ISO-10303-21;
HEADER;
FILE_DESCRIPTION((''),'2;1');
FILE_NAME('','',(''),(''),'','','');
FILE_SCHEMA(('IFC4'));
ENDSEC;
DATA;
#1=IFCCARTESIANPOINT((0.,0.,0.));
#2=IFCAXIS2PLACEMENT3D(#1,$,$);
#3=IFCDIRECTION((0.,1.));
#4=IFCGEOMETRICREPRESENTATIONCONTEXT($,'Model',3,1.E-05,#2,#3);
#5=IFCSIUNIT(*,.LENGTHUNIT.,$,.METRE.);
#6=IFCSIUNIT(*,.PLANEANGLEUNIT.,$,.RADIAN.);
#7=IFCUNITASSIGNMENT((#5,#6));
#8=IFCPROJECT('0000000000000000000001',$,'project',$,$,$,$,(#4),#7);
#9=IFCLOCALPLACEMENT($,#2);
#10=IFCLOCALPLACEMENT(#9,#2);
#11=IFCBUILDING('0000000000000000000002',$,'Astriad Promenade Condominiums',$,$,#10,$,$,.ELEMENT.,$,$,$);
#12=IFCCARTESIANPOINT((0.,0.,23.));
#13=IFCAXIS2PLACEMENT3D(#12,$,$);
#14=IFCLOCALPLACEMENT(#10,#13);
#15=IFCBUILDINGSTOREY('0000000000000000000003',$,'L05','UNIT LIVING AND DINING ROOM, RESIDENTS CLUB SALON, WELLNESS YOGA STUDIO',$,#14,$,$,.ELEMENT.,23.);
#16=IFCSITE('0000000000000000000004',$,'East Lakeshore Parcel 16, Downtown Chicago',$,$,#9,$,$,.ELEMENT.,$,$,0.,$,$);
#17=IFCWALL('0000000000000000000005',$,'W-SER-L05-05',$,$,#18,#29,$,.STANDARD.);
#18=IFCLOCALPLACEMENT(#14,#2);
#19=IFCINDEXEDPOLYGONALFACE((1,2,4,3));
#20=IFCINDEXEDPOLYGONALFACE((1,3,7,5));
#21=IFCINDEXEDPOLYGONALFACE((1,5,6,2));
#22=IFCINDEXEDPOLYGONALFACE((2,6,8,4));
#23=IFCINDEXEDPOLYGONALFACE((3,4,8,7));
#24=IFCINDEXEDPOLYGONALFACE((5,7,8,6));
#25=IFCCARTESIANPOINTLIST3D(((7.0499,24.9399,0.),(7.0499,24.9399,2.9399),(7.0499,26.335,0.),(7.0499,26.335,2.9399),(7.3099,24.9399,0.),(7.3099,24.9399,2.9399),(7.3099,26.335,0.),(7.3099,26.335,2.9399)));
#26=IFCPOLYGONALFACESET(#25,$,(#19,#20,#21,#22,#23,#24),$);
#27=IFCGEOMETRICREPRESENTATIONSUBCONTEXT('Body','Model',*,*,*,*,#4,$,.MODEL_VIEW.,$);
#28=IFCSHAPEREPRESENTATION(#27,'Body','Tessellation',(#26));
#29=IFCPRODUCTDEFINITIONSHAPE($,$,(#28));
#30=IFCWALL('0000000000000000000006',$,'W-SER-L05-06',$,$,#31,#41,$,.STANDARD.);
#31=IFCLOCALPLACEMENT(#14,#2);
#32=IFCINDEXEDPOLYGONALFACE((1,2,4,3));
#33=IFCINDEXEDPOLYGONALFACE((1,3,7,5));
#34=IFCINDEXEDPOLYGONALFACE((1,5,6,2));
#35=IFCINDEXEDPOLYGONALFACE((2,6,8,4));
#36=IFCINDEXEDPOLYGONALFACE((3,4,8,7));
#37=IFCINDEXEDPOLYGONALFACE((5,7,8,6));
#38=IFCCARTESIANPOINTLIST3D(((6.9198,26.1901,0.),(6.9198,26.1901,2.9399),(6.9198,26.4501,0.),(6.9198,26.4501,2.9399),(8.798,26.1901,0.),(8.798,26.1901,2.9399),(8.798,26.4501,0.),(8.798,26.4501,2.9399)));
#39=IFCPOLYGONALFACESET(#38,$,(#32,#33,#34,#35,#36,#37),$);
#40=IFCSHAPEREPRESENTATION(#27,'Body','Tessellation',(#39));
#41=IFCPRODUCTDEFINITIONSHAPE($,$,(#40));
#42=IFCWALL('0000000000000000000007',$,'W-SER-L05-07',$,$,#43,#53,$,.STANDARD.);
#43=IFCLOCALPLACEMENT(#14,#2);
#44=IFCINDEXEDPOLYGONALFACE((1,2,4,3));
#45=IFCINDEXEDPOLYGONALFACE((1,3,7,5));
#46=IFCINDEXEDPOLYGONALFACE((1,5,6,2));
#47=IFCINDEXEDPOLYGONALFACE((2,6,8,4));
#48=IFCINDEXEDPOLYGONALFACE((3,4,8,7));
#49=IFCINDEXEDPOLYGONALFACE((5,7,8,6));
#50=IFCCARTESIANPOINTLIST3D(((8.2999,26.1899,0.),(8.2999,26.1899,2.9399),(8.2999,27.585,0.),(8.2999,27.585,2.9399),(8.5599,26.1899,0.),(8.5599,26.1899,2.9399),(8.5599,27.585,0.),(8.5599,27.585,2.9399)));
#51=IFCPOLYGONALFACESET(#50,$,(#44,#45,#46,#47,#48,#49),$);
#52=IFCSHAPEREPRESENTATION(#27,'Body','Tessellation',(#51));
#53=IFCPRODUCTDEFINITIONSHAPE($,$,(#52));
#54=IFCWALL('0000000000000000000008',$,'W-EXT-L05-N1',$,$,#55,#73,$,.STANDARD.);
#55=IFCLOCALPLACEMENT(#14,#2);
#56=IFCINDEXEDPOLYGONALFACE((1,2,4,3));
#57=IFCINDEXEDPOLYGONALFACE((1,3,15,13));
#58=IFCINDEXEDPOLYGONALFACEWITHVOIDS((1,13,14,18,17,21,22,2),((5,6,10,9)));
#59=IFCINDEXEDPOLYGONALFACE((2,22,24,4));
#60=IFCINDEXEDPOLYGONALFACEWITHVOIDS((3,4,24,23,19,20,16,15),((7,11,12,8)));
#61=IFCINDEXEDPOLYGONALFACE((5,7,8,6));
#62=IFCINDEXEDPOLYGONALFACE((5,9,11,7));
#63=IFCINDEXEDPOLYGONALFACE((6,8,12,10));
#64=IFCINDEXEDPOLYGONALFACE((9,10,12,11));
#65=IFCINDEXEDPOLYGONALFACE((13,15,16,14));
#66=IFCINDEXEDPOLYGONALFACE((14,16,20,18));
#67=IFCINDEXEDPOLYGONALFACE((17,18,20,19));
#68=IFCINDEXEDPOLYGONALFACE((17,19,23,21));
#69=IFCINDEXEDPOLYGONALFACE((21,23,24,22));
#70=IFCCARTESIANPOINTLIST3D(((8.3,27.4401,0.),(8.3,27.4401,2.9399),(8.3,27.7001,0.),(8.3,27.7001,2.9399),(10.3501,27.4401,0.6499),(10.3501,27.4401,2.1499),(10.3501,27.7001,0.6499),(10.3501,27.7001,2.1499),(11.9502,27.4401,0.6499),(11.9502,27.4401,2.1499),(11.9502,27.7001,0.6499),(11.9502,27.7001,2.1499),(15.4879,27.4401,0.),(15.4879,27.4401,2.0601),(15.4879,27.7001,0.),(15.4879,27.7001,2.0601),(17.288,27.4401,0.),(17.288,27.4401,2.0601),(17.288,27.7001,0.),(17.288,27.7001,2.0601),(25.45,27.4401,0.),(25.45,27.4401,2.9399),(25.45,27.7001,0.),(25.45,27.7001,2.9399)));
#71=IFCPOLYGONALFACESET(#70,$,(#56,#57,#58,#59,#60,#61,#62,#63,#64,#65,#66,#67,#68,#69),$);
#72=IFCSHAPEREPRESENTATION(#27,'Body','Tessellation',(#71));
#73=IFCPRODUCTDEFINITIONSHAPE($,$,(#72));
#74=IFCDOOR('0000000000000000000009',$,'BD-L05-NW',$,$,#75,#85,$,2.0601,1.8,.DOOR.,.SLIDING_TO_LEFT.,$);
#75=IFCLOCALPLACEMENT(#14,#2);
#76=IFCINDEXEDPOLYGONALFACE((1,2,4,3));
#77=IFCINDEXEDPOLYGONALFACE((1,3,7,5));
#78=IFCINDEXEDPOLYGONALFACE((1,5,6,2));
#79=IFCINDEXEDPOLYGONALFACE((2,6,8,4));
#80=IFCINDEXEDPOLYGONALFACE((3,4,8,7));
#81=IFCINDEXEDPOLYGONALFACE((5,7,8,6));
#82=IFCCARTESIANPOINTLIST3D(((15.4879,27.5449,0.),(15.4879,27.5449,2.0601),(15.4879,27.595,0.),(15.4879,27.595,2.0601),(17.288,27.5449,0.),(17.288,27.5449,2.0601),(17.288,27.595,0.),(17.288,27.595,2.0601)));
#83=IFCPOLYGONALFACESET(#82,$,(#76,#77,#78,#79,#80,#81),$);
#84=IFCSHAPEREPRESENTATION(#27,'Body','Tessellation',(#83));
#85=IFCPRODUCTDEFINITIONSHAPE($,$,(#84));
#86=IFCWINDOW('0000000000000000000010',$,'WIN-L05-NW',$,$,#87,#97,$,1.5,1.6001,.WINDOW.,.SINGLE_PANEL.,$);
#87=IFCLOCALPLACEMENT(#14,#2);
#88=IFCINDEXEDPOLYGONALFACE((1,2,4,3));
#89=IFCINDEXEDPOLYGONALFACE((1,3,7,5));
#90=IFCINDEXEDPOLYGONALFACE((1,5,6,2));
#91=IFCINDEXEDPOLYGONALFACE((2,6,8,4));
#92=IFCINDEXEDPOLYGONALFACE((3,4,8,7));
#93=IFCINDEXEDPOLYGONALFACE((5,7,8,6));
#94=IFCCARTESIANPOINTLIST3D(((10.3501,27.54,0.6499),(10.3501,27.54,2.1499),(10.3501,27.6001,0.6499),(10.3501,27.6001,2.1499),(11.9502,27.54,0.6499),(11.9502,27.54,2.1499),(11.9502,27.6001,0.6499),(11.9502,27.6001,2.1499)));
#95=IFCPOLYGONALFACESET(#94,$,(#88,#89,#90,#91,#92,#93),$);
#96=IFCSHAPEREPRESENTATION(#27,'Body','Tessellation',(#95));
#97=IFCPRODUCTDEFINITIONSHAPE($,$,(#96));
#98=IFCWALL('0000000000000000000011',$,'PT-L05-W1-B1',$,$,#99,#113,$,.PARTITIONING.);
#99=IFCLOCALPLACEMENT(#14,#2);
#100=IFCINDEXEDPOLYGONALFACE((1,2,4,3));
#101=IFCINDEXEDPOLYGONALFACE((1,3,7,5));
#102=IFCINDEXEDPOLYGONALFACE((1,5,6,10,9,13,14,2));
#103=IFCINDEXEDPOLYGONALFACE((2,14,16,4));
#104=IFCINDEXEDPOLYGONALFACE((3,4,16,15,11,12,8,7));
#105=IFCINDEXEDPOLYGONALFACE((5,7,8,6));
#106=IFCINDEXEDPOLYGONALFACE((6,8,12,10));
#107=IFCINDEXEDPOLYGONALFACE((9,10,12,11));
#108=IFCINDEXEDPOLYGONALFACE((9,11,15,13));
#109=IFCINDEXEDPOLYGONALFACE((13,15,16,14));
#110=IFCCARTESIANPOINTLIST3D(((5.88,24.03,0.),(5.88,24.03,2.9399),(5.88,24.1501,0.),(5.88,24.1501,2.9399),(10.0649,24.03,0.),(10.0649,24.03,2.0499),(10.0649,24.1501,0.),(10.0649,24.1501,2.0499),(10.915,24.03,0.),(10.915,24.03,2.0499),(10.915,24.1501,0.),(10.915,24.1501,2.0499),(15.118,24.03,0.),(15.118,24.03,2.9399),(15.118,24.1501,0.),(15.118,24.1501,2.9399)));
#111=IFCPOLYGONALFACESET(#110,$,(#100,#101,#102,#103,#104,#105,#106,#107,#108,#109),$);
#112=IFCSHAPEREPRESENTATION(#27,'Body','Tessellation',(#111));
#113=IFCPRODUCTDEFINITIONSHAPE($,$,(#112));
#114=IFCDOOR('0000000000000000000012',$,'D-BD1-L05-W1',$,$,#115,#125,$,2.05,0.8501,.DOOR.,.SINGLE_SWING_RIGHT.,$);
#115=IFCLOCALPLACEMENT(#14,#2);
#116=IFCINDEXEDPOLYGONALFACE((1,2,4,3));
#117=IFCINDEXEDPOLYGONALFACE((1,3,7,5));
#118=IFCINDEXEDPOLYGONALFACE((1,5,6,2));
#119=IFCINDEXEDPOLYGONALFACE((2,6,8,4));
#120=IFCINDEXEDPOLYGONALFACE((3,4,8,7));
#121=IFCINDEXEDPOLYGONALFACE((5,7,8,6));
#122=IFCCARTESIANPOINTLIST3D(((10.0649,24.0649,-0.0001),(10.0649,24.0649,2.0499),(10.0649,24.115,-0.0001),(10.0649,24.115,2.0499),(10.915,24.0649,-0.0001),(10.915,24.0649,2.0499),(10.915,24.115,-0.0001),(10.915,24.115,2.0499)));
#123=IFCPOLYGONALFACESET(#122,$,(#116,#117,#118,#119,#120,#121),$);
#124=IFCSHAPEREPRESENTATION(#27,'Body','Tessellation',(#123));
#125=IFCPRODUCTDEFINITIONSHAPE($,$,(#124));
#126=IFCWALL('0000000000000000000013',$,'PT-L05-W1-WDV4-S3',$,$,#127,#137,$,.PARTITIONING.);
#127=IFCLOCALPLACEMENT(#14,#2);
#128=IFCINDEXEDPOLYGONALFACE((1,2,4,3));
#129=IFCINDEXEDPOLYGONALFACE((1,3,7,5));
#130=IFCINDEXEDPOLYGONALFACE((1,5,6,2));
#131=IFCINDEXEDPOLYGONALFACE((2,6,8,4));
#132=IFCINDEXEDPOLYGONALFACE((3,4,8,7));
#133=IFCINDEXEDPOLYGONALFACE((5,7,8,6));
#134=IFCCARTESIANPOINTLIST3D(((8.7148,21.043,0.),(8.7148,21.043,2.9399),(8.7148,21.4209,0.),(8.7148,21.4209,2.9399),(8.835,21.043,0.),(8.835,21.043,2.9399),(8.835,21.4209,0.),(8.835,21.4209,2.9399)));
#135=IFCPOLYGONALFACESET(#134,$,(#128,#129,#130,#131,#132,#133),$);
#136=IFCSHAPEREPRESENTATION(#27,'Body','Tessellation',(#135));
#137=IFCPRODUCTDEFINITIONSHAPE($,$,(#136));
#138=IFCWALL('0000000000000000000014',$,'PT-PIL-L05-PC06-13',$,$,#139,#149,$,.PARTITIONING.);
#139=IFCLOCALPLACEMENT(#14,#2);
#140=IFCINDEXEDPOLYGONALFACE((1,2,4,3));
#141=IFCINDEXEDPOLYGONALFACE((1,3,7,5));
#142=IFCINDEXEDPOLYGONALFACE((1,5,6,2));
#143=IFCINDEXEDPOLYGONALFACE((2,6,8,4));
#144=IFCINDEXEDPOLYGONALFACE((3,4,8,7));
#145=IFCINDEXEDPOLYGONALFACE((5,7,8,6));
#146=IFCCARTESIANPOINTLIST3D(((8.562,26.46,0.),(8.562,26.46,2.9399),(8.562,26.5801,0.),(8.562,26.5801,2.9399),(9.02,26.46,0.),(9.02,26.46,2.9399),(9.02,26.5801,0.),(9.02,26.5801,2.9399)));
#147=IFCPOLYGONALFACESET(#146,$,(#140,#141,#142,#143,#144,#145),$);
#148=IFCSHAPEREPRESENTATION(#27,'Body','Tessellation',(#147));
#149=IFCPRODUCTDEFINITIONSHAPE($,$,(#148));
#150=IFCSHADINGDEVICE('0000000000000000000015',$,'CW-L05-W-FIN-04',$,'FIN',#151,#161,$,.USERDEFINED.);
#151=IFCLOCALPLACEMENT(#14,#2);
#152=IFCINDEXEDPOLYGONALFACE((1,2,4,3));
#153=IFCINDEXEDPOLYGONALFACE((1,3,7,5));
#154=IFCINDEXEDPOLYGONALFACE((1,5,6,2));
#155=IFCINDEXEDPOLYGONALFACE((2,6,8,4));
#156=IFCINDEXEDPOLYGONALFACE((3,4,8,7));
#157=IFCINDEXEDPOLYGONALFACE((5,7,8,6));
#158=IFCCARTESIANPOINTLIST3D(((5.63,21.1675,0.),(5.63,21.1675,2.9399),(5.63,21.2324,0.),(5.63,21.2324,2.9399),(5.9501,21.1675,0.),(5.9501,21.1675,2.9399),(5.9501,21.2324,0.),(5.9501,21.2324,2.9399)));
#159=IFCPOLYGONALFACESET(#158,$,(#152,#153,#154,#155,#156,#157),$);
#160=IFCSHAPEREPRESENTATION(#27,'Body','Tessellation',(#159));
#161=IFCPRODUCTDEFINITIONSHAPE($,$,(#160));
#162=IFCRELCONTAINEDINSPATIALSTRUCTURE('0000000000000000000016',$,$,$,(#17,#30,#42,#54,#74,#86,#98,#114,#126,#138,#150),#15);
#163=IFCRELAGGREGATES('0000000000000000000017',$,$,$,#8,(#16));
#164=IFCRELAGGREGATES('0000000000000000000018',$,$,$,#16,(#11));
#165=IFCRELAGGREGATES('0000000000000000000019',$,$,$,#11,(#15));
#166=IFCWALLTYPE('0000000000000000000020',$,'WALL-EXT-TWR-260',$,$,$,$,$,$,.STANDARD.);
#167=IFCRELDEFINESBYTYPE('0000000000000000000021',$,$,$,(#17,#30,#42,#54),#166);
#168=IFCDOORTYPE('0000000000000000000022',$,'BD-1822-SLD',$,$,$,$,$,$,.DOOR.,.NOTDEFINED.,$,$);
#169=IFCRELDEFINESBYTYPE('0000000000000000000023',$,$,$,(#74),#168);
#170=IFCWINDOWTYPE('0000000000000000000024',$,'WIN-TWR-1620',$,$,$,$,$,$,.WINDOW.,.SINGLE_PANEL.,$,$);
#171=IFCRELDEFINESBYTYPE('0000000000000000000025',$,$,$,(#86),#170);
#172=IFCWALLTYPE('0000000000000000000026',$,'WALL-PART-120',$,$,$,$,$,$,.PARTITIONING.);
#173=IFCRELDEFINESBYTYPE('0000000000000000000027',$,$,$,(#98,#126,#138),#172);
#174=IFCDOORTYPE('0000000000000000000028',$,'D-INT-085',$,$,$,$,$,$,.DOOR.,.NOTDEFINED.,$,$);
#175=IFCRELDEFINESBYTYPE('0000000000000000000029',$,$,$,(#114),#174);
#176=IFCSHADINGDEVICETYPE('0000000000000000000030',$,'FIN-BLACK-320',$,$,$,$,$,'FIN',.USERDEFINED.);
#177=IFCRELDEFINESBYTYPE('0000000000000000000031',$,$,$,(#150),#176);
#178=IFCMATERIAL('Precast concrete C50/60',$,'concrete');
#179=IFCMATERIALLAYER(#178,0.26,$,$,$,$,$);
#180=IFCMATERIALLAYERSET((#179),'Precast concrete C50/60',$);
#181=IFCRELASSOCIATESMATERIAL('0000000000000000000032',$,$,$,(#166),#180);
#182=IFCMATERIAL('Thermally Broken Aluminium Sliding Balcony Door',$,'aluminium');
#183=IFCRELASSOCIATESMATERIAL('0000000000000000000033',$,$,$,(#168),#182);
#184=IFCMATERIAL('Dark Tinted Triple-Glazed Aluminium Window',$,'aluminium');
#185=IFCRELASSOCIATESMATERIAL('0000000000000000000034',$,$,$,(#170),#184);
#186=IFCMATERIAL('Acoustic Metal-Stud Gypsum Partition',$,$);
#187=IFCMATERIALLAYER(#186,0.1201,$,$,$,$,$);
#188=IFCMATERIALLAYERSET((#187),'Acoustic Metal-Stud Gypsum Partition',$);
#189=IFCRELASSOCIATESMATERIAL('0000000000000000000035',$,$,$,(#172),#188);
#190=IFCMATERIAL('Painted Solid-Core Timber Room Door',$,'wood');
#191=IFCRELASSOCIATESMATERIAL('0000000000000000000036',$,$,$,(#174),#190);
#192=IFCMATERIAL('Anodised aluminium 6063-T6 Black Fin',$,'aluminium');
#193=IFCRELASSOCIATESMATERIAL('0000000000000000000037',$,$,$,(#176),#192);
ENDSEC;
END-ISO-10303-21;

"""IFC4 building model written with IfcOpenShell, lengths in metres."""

from ifc_helpers import new_model, si_unit, direction, frame, frame_2d, origin, origin_2d, place, context, subcontext, project, spatial, rectangle, extrude, source, transform, mapped, material, layer, layer_set, type_object, type_shapes, element, fill, save


model = new_model("IFC4")

# Units and contexts
model_context = context("Model", 3, precision=1e-05, world=origin(), true_north=direction((0.0, 1.0)))
body_context = subcontext(model_context, "Body", "Model", "MODEL_VIEW")
ifc_project = project(units=[si_unit("LENGTHUNIT", "METRE"), si_unit("PLANEANGLEUNIT", "RADIAN")], contexts=[model_context])

# Site, building, storey
site_placement = place(None, origin())
site = spatial("IfcSite", under=ifc_project, at=site_placement, Name="East Lakeshore Parcel 16, Downtown Chicago", CompositionType="ELEMENT", RefElevation=0.0)
building_placement = place(site_placement, origin())
building = spatial("IfcBuilding", under=site, at=building_placement, Name="Astriad Promenade Condominiums", CompositionType="ELEMENT")
storey_placement = place(building_placement, frame((0.0, 0.0, 23.0)))
storey = spatial("IfcBuildingStorey", under=building, at=storey_placement, Name="L05", Description="UNIT LIVING AND DINING ROOM, RESIDENTS CLUB SALON, WELLNESS YOGA STUDIO", CompositionType="ELEMENT", Elevation=23.0)

# Walls
ifc_material_1 = material(Name="Precast concrete C50/60", Category="concrete")
ifc_layer_1 = layer(ifc_material_1, 0.26)
ifc_layer_set_1 = layer_set([ifc_layer_1], Name="Precast concrete C50/60")
wall_type_1 = type_object("IfcWallType", Name="WALL-EXT-TWR-260", PredefinedType="STANDARD", material=ifc_layer_set_1)
for number, where, z_axis, x_axis, name in (
    (1, (7.1799, 24.9399, 0.0), (0.0, 0.0, 1.0), (0.0, 1.0, 0.0), "W-SER-L05-05"),
):
    element("IfcWall", number, at=place(storey_placement, frame(where, z_axis=z_axis, x_axis=x_axis)), inside=storey, type_object=wall_type_1, Name=name, PredefinedType="STANDARD", context=body_context, shape_type="SweptSolid", body=[
        extrude(rectangle(XDim=1.395, YDim=0.26, at=frame_2d((0.6975, 0.0))), origin(), (0.0, 0.0, 1.0), 2.9399),
    ])
wall_1_placement = place(storey_placement, frame((6.9199, 26.3201, 0.0), z_axis=(0.0, 0.0, 1.0), x_axis=(1.0, 0.0, 0.0)))
element("IfcWall", 2, at=wall_1_placement, inside=storey, type_object=wall_type_1, Name="W-SER-L05-06", PredefinedType="STANDARD", context=body_context, shape_type="SweptSolid", body=[
    extrude(rectangle(XDim=1.8782, YDim=0.26, at=frame_2d((0.939, 0.0))), origin(), (0.0, 0.0, 1.0), 2.9399),
])
wall_2_placement = place(storey_placement, frame((8.4299, 26.1899, 0.0), z_axis=(0.0, 0.0, 1.0), x_axis=(0.0, 1.0, 0.0)))
element("IfcWall", 3, at=wall_2_placement, inside=storey, type_object=wall_type_1, Name="W-SER-L05-07", PredefinedType="STANDARD", context=body_context, shape_type="SweptSolid", body=[
    extrude(rectangle(XDim=1.395, YDim=0.26, at=frame_2d((0.6975, 0.0))), origin(), (0.0, 0.0, 1.0), 2.9399),
])

# Wall, openings, door, window
wall_3_placement = place(storey_placement, frame((8.3, 27.5701, 0.0), z_axis=(0.0, 0.0, 1.0), x_axis=(1.0, 0.0, 0.0)))
wall_3 = element("IfcWall", 4, at=wall_3_placement, inside=storey, type_object=wall_type_1, Name="W-EXT-L05-N1", PredefinedType="STANDARD", context=body_context, shape_type="SweptSolid", body=[
    extrude(rectangle(XDim=17.1499, YDim=0.26, at=frame_2d((8.575, 0.0))), origin(), (0.0, 0.0, 1.0), 2.9399),
])
opening_1_placement = place(wall_3_placement, frame((7.188, 0.0, 0.0)))
opening_1 = element("IfcOpeningElement", 5, at=opening_1_placement, cuts=wall_3, PredefinedType="OPENING", context=body_context, shape_type="SweptSolid", body=[
    extrude(rectangle(XDim=1.8, YDim=2.0601, at=frame_2d((0.8999, 1.03))), frame((0.0, 0.1399, 0.0), z_axis=(0.0, -1.0, 0.0), x_axis=(1.0, 0.0, 0.0)), (0.0, 0.0, 1.0), 0.28),
])
opening_2_placement = place(wall_3_placement, frame((2.05, 0.0, 0.6499)))
opening_2 = element("IfcOpeningElement", 6, at=opening_2_placement, cuts=wall_3, PredefinedType="OPENING", context=body_context, shape_type="SweptSolid", body=[
    extrude(rectangle(XDim=1.6001, YDim=1.5, at=frame_2d((0.8, 0.75))), frame((0.0, 0.1399, 0.0), z_axis=(0.0, -1.0, 0.0), x_axis=(1.0, 0.0, 0.0)), (0.0, 0.0, 1.0), 0.28),
])
ifc_material_2 = material(Name="Thermally Broken Aluminium Sliding Balcony Door", Category="aluminium")
door_type_1 = type_object("IfcDoorType", Name="BD-1822-SLD", OperationType="NOTDEFINED", PredefinedType="DOOR", material=ifc_material_2)
shared_shape_1 = source(origin(), body_context, "Body", "SweptSolid", [
    extrude(rectangle(XDim=1.8, YDim=2.0601, at=frame_2d((0.8999, 1.03))), frame((0.0, 0.0249, 0.0), z_axis=(0.0, -1.0, 0.0), x_axis=(1.0, 0.0, 0.0)), (0.0, 0.0, 1.0), 0.05),
])
type_shapes(door_type_1, [shared_shape_1])
door_1_placement = place(opening_1_placement, origin())
door_1 = element("IfcDoor", 7, at=door_1_placement, inside=storey, type_object=door_type_1, Name="BD-L05-NW", OperationType="SLIDING_TO_LEFT", OverallHeight=2.0601, OverallWidth=1.8, PredefinedType="DOOR", context=body_context, shape_type="MappedRepresentation", body=[
    mapped(shared_shape_1, transform((0.0, 0.0, 0.0), scale=1.0)),
])
fill(opening_1, door_1)
ifc_material_3 = material(Name="Dark Tinted Triple-Glazed Aluminium Window", Category="aluminium")
window_type = type_object("IfcWindowType", Name="WIN-TWR-1620", PartitioningType="SINGLE_PANEL", PredefinedType="WINDOW", material=ifc_material_3)
shared_shape_2 = source(origin(), body_context, "Body", "SweptSolid", [
    extrude(rectangle(XDim=1.6001, YDim=1.5, at=frame_2d((0.8, 0.75))), frame((0.0, 0.03, 0.0), z_axis=(0.0, -1.0, 0.0), x_axis=(1.0, 0.0, 0.0)), (0.0, 0.0, 1.0), 0.0601),
])
type_shapes(window_type, [shared_shape_2])
window_placement = place(opening_2_placement, origin())
window = element("IfcWindow", 8, at=window_placement, inside=storey, type_object=window_type, Name="WIN-L05-NW", OverallHeight=1.5, OverallWidth=1.6001, PartitioningType="SINGLE_PANEL", PredefinedType="WINDOW", context=body_context, shape_type="MappedRepresentation", body=[
    mapped(shared_shape_2, transform((0.0, 0.0, 0.0), scale=1.0)),
])
fill(opening_2, window)

# Wall, opening, door
ifc_material_4 = material(Name="Acoustic Metal-Stud Gypsum Partition")
ifc_layer_2 = layer(ifc_material_4, 0.1201)
ifc_layer_set_2 = layer_set([ifc_layer_2], Name="Acoustic Metal-Stud Gypsum Partition")
wall_type_2 = type_object("IfcWallType", Name="WALL-PART-120", PredefinedType="PARTITIONING", material=ifc_layer_set_2)
wall_4_placement = place(storey_placement, frame((5.8799, 24.0901, 0.0), z_axis=(0.0, 0.0, 1.0), x_axis=(1.0, 0.0, 0.0)))
wall_4 = element("IfcWall", 9, at=wall_4_placement, inside=storey, type_object=wall_type_2, Name="PT-L05-W1-B1", PredefinedType="PARTITIONING", context=body_context, shape_type="SweptSolid", body=[
    extrude(rectangle(XDim=9.238, YDim=0.1201, at=frame_2d((4.6191, 0.0))), origin(), (0.0, 0.0, 1.0), 2.9399),
])
opening_3_placement = place(wall_4_placement, frame((4.1851, 0.0, 0.0)))
opening_3 = element("IfcOpeningElement", 10, at=opening_3_placement, cuts=wall_4, PredefinedType="OPENING", context=body_context, shape_type="SweptSolid", body=[
    extrude(rectangle(XDim=0.8501, YDim=2.05, at=frame_2d((0.425, 1.0249))), frame((0.0, 0.0701, 0.0), z_axis=(0.0, -1.0, 0.0), x_axis=(1.0, 0.0, 0.0)), (0.0, 0.0, 1.0), 0.1401),
])
ifc_material_5 = material(Name="Painted Solid-Core Timber Room Door", Category="wood")
door_type_2 = type_object("IfcDoorType", Name="D-INT-085", OperationType="NOTDEFINED", PredefinedType="DOOR", material=ifc_material_5)
shared_shape_3 = source(origin(), body_context, "Body", "SweptSolid", [
    extrude(rectangle(XDim=0.8501, YDim=2.05, at=frame_2d((0.425, 1.0249))), frame((0.0, 0.0249, 0.0), z_axis=(0.0, -1.0, 0.0), x_axis=(1.0, 0.0, 0.0)), (0.0, 0.0, 1.0), 0.05),
])
type_shapes(door_type_2, [shared_shape_3])
door_2_placement = place(opening_3_placement, origin())
door_2 = element("IfcDoor", 11, at=door_2_placement, inside=storey, type_object=door_type_2, Name="D-BD1-L05-W1", OperationType="SINGLE_SWING_RIGHT", OverallHeight=2.05, OverallWidth=0.8501, PredefinedType="DOOR", context=body_context, shape_type="MappedRepresentation", body=[
    mapped(shared_shape_3, transform((0.0, 0.0, 0.0), scale=1.0)),
])
fill(opening_3, door_2)

# Walls
wall_5_placement = place(storey_placement, frame((8.7749, 21.043, 0.0), z_axis=(0.0, 0.0, 1.0), x_axis=(0.0, 1.0, 0.0)))
element("IfcWall", 12, at=wall_5_placement, inside=storey, type_object=wall_type_2, Name="PT-L05-W1-WDV4-S3", PredefinedType="PARTITIONING", context=body_context, shape_type="SweptSolid", body=[
    extrude(rectangle(XDim=0.3779, YDim=0.1201, at=frame_2d((0.189, 0.0))), origin(), (0.0, 0.0, 1.0), 2.9399),
])
wall_6_placement = place(storey_placement, frame((9.02, 26.52, 0.0), z_axis=(0.0, 0.0, 1.0), x_axis=(-1.0, 0.0, 0.0)))
element("IfcWall", 13, at=wall_6_placement, inside=storey, type_object=wall_type_2, Name="PT-PIL-L05-PC06-13", PredefinedType="PARTITIONING", context=body_context, shape_type="SweptSolid", body=[
    extrude(rectangle(XDim=0.458, YDim=0.1201, at=frame_2d((0.229, 0.0))), origin(), (0.0, 0.0, 1.0), 2.9399),
])

# Shading device
ifc_material_6 = material(Name="Anodised aluminium 6063-T6 Black Fin", Category="aluminium")
shading_device_type = type_object("IfcShadingDeviceType", Name="FIN-BLACK-320", ElementType="FIN", PredefinedType="USERDEFINED", material=ifc_material_6)
shared_shape_4 = source(origin(), body_context, "Body", "SweptSolid", [
    extrude(rectangle(XDim=0.0649, YDim=0.3201, at=origin_2d()), origin(), (0.0, 0.0, 1.0), 2.9399),
])
type_shapes(shading_device_type, [shared_shape_4])
shading_device_placement = place(storey_placement, frame((5.79, 21.2, 0.0), z_axis=(0.0, 0.0, 1.0), x_axis=(0.0, 1.0, 0.0)))
element("IfcShadingDevice", 14, at=shading_device_placement, inside=storey, type_object=shading_device_type, Name="CW-L05-W-FIN-04", ObjectType="FIN", PredefinedType="USERDEFINED", context=body_context, shape_type="MappedRepresentation", body=[
    mapped(shared_shape_4, transform((0.0, 0.0, 0.0), scale=1.0)),
])

save(model, "model.ifc")
